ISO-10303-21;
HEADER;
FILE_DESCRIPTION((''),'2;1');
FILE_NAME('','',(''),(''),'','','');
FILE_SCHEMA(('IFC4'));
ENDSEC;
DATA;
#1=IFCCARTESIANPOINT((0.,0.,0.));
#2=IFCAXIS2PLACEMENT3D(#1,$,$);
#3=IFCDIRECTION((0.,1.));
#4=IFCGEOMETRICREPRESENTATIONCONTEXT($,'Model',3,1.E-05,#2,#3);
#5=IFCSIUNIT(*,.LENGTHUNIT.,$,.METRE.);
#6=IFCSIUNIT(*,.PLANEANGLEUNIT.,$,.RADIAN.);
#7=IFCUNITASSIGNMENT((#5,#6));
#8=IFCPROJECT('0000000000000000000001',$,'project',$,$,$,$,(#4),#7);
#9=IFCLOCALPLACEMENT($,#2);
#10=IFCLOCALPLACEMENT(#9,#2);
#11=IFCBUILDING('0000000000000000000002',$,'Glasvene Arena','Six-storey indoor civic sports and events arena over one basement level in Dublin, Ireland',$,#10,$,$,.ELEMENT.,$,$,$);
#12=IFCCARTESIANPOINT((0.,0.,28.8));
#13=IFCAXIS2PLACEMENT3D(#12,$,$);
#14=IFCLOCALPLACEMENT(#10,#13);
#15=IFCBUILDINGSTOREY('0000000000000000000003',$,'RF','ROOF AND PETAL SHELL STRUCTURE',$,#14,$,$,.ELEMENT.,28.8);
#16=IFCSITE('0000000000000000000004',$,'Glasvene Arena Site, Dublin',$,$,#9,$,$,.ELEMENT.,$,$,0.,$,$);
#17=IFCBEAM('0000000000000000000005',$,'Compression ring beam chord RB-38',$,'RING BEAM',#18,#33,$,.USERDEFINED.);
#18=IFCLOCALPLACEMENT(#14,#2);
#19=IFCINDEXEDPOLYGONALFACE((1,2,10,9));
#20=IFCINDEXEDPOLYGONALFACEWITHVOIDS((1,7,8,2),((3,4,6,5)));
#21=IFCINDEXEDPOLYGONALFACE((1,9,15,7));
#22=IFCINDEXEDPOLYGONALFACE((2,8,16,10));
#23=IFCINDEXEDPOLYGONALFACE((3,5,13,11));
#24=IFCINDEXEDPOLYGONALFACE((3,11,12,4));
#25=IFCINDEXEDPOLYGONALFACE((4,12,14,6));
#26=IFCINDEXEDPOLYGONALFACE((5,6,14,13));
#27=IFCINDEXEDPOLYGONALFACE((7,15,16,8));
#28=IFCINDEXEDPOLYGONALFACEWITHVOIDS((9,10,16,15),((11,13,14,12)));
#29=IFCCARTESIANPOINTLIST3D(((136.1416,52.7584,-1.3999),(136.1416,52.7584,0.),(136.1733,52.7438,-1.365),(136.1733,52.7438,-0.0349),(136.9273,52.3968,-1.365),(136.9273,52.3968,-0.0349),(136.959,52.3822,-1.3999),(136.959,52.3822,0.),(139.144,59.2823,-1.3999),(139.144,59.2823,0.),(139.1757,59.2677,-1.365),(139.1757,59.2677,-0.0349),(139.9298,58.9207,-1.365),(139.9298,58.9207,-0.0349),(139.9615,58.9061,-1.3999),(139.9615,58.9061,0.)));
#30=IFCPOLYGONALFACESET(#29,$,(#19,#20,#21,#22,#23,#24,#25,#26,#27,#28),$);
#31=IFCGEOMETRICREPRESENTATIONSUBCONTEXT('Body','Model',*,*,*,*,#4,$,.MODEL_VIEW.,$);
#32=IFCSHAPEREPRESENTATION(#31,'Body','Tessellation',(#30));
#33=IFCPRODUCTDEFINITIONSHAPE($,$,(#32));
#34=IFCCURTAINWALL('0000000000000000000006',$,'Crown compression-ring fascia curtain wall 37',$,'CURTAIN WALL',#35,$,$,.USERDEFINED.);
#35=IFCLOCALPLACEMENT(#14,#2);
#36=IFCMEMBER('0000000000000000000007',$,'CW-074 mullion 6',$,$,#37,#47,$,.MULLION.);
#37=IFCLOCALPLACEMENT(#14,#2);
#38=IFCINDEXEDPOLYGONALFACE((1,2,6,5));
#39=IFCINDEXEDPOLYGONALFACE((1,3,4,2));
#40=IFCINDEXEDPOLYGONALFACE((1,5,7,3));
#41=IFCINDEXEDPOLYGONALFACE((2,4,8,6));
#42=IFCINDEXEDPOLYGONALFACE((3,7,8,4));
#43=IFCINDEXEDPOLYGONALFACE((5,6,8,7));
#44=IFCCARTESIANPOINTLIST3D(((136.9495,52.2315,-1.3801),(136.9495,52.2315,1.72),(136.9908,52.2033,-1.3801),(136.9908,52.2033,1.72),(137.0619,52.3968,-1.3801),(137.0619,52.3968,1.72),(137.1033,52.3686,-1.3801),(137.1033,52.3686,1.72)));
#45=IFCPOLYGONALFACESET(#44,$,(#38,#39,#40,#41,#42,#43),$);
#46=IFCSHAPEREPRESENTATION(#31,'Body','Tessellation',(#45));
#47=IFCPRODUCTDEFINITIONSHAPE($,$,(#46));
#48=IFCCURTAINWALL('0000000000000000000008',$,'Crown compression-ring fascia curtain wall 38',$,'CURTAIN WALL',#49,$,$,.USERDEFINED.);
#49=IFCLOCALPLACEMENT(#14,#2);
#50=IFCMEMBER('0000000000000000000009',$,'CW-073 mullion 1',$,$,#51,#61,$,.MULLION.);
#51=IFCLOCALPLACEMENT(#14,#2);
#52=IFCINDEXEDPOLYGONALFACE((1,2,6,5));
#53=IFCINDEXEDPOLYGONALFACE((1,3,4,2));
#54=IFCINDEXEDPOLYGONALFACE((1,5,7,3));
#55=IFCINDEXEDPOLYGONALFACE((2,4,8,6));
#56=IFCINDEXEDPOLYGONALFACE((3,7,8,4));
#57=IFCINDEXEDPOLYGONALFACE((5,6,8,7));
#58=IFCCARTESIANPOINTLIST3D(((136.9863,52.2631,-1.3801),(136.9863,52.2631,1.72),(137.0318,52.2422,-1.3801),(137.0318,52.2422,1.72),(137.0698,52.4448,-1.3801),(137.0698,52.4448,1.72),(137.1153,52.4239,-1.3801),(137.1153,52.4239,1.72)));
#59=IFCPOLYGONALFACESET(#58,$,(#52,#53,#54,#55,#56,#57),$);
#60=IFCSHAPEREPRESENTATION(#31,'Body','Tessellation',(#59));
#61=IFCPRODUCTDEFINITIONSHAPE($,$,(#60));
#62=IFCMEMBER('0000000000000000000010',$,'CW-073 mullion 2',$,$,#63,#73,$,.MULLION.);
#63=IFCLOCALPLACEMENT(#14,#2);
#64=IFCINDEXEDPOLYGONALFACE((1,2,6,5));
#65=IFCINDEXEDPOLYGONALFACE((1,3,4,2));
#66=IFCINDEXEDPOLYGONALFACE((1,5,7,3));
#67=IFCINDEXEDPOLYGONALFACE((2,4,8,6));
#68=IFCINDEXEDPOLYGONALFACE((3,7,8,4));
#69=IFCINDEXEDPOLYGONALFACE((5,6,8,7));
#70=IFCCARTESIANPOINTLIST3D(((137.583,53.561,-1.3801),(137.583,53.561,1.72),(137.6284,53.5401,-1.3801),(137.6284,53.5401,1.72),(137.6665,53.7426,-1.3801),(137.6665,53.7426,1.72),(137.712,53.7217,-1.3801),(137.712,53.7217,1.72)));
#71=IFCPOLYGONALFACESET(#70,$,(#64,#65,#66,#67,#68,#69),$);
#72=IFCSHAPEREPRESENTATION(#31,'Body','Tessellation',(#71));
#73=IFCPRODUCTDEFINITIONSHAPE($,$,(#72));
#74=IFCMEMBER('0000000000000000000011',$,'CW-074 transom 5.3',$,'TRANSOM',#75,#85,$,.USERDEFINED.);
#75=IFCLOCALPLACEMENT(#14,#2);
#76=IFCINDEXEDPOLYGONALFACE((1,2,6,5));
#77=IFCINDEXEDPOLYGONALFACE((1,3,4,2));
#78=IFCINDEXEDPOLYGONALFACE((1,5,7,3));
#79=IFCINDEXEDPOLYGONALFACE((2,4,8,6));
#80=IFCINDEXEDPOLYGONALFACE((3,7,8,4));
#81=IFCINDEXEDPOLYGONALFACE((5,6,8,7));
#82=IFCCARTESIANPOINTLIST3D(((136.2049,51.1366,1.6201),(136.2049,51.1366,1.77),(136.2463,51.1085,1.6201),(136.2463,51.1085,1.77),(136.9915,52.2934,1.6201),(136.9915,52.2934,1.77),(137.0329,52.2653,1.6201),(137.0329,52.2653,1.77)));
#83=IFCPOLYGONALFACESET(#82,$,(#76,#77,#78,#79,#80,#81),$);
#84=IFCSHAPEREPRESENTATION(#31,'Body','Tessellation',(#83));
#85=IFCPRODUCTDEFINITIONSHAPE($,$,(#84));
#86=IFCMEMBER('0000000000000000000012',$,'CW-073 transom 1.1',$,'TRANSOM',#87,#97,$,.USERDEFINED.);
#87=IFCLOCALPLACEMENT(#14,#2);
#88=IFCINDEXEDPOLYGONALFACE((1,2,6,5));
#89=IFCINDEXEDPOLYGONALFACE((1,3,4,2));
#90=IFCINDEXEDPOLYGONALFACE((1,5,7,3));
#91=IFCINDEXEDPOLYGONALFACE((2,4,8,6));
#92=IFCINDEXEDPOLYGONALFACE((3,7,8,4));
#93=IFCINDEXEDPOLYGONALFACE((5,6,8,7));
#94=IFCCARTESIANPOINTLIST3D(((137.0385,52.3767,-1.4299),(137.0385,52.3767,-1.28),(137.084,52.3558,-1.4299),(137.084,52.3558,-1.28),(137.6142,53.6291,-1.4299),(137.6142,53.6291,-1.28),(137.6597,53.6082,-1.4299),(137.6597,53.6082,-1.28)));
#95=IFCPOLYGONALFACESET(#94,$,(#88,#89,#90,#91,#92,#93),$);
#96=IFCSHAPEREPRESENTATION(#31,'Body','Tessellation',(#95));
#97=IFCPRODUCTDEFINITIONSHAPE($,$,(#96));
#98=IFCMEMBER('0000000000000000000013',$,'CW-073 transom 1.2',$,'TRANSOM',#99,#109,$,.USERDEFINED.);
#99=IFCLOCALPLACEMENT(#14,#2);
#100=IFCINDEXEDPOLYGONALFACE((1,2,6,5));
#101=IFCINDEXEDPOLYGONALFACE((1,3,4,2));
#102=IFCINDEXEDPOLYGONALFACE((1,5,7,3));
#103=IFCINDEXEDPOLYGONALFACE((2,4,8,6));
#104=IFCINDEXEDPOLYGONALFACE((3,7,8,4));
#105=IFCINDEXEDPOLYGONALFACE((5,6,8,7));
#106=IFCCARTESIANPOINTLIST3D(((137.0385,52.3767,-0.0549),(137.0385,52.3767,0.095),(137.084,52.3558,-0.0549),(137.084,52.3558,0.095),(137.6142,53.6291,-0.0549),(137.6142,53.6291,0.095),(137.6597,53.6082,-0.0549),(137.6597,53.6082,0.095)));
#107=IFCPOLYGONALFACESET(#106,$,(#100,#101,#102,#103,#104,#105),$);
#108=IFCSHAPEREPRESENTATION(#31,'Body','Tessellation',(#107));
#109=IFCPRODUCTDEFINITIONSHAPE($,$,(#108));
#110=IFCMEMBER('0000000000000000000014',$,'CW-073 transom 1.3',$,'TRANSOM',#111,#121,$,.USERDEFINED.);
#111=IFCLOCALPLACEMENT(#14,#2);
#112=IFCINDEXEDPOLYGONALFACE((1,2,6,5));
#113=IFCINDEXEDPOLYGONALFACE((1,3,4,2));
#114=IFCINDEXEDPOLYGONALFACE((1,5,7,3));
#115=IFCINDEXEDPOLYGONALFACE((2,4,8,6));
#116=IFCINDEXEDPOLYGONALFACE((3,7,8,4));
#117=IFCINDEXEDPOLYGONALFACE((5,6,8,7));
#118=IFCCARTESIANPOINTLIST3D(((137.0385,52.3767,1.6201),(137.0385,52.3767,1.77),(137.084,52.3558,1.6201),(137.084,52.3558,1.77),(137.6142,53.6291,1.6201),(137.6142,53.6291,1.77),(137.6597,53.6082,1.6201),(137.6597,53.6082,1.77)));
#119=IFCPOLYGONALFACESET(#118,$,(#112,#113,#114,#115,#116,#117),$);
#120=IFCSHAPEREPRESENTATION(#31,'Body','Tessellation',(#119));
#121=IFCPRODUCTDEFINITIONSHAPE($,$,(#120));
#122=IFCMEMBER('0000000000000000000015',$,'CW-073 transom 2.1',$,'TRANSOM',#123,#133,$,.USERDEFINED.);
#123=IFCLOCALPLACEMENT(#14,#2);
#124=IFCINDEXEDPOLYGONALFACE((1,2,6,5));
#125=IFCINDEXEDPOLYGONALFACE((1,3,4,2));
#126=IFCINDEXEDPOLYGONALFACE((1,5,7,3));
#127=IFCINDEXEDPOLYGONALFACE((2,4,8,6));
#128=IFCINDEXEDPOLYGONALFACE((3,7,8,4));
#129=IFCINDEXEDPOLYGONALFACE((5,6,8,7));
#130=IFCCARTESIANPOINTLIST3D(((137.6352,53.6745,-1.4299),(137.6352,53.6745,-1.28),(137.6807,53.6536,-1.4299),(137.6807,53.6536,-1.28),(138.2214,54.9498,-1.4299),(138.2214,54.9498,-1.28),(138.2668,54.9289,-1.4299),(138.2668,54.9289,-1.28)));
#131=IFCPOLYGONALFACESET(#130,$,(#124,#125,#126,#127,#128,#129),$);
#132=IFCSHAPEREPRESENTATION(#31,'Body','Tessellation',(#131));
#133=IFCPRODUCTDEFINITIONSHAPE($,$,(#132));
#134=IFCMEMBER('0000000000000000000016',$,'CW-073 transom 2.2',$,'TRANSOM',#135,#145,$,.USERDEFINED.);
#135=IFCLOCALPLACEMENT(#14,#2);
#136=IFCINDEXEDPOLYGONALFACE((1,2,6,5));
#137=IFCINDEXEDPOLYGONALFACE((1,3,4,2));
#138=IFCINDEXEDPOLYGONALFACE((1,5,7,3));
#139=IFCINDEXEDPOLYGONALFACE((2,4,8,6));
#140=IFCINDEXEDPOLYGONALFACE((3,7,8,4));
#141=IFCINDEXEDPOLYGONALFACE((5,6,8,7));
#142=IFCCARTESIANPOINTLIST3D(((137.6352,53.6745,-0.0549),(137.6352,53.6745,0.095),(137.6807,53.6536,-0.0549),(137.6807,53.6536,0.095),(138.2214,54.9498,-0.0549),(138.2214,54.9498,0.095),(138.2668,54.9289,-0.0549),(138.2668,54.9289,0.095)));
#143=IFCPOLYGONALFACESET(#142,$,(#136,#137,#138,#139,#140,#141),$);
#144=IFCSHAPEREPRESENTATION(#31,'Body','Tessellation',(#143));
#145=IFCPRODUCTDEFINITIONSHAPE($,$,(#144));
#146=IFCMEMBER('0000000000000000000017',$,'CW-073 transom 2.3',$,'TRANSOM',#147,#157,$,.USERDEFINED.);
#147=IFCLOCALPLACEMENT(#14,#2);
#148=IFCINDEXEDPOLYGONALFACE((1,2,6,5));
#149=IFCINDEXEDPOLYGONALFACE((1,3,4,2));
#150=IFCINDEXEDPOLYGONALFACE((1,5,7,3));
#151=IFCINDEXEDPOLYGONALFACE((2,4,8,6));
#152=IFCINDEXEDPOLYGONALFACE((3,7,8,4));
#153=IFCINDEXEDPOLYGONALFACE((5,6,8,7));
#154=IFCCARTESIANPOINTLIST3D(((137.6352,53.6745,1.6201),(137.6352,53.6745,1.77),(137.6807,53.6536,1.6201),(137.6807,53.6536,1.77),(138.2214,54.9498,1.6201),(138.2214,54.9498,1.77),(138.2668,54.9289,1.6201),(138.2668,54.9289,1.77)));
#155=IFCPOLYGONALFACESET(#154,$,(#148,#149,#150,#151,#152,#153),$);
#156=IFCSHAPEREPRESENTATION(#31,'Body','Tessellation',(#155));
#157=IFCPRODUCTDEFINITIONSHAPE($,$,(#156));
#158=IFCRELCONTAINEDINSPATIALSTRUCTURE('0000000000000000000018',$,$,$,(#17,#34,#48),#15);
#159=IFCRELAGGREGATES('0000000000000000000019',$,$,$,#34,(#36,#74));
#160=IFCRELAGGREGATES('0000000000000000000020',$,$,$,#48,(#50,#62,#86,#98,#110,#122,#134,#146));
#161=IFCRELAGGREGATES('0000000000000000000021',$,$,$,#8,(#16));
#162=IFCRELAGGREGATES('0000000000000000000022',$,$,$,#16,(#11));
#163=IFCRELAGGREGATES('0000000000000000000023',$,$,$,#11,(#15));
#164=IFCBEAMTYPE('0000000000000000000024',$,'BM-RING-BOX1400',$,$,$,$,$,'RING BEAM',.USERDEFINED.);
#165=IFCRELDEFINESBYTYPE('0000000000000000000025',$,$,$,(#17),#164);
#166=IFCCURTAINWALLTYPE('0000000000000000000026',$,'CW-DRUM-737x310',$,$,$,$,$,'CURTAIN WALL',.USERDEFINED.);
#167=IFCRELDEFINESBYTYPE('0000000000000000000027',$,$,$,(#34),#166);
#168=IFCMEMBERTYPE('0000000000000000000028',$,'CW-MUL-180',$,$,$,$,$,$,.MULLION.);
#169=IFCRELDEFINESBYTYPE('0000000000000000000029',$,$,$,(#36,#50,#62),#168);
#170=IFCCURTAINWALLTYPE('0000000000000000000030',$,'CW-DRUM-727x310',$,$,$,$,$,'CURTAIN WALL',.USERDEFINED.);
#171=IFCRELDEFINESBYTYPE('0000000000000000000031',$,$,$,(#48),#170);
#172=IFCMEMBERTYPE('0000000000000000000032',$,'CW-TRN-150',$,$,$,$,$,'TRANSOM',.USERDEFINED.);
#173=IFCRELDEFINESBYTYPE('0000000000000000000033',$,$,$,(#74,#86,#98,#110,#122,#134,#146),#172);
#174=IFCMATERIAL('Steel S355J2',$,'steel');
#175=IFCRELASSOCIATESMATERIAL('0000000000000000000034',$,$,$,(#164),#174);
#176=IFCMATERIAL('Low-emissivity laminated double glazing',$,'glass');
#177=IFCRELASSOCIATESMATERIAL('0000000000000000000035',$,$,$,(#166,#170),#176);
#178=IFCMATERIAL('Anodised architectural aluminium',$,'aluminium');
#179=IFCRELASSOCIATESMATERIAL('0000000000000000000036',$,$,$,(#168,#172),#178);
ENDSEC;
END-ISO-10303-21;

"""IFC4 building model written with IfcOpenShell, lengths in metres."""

from ifc_helpers import new_model, si_unit, direction, frame, origin, origin_2d, place, context, subcontext, project, spatial, rectangle, hollow_rectangle, extrude, material, material_profile, profile_set, type_object, element, aggregate, save


model = new_model("IFC4")

# Units and contexts
model_context = context("Model", 3, precision=1e-05, world=origin(), true_north=direction((0.0, 1.0)))
body_context = subcontext(model_context, "Body", "Model", "MODEL_VIEW")
ifc_project = project(units=[si_unit("LENGTHUNIT", "METRE"), si_unit("PLANEANGLEUNIT", "RADIAN")], contexts=[model_context])

# Site, building, storey
site_placement = place(None, origin())
site = spatial("IfcSite", under=ifc_project, at=site_placement, Name="Glasvene Arena Site, Dublin", CompositionType="ELEMENT", RefElevation=0.0)
building_placement = place(site_placement, origin())
building = spatial("IfcBuilding", under=site, at=building_placement, Name="Glasvene Arena", Description="Six-storey indoor civic sports and events arena over one basement level in Dublin, Ireland", CompositionType="ELEMENT")
storey_placement = place(building_placement, frame((0.0, 0.0, 28.8)))
storey = spatial("IfcBuildingStorey", under=building, at=storey_placement, Name="RF", Description="ROOF AND PETAL SHELL STRUCTURE", CompositionType="ELEMENT", Elevation=28.8)

# Beam
ifc_material_1 = material(Name="Steel S355J2", Category="steel")
ifc_material_profile_1 = material_profile(ifc_material_1, hollow_rectangle(XDim=0.8999, YDim=1.3999, WallThickness=0.0349, at=origin_2d()), Name="WBOX 900x1400x35")
ifc_profile_set_1 = profile_set([ifc_material_profile_1], Name="Steel S355J2")
beam_type = type_object("IfcBeamType", Name="BM-RING-BOX1400", ElementType="RING BEAM", PredefinedType="USERDEFINED", material=ifc_profile_set_1)
beam_placement = place(storey_placement, frame((136.5503, 52.5703, -0.7), z_axis=(0.418071, 0.908415, 0.0), x_axis=(-0.908415, 0.418071, 0.0)))
element("IfcBeam", 1, at=beam_placement, inside=storey, type_object=beam_type, Name="Compression ring beam chord RB-38", ObjectType="RING BEAM", PredefinedType="USERDEFINED", context=body_context, shape_type="SweptSolid", body=[
    extrude(hollow_rectangle(XDim=0.8999, YDim=1.3999, WallThickness=0.0349, at=origin_2d()), origin(), (0.0, 0.0, 1.0), 7.1816),
])

# Curtain wall, member
ifc_material_2 = material(Name="Low-emissivity laminated double glazing", Category="glass")
curtain_wall_type_1 = type_object("IfcCurtainWallType", Name="CW-DRUM-737x310", ElementType="CURTAIN WALL", PredefinedType="USERDEFINED", material=ifc_material_2)
curtain_wall_1_placement = place(storey_placement, frame((132.8958, 46.2263, 0.0)))
curtain_wall_1 = element("IfcCurtainWall", 2, at=curtain_wall_1_placement, inside=storey, type_object=curtain_wall_type_1, Name="Crown compression-ring fascia curtain wall 37", ObjectType="CURTAIN WALL", PredefinedType="USERDEFINED")
ifc_material_3 = material(Name="Anodised architectural aluminium", Category="aluminium")
ifc_material_profile_2 = material_profile(ifc_material_3, rectangle(XDim=0.05, YDim=0.2, at=origin_2d()), Name="ALU MULLION 50x200")
ifc_profile_set_2 = profile_set([ifc_material_profile_2], Name="Anodised architectural aluminium")
member_type_1 = type_object("IfcMemberType", Name="CW-MUL-180", PredefinedType="MULLION", material=ifc_profile_set_2)
member_1_placement = place(storey_placement, frame((137.0264, 52.3, -1.3801), z_axis=(0.0, 0.0, 1.0), x_axis=(-0.826896, 0.562354, 0.0)))
member_1 = element("IfcMember", 3, at=member_1_placement, type_object=member_type_1, Name="CW-074 mullion 6", PredefinedType="MULLION", context=body_context, shape_type="SweptSolid", body=[
    extrude(rectangle(XDim=0.05, YDim=0.2, at=origin_2d()), origin(), (0.0, 0.0, 1.0), 3.1001),
])

# Curtain wall, members
curtain_wall_type_2 = type_object("IfcCurtainWallType", Name="CW-DRUM-727x310", ElementType="CURTAIN WALL", PredefinedType="USERDEFINED", material=ifc_material_2)
curtain_wall_2_placement = place(storey_placement, frame((137.0403, 52.3208, 0.0)))
curtain_wall_2 = element("IfcCurtainWall", 4, at=curtain_wall_2_placement, inside=storey, type_object=curtain_wall_type_2, Name="Crown compression-ring fascia curtain wall 38", ObjectType="CURTAIN WALL", PredefinedType="USERDEFINED")
member_2_placement = place(storey_placement, frame((137.0508, 52.3435, -1.3801), z_axis=(0.0, 0.0, 1.0), x_axis=(-0.908603, 0.417661, 0.0)))
member_2 = element("IfcMember", 5, at=member_2_placement, type_object=member_type_1, Name="CW-073 mullion 1", PredefinedType="MULLION", context=body_context, shape_type="SweptSolid", body=[
    extrude(rectangle(XDim=0.05, YDim=0.2, at=origin_2d()), origin(), (0.0, 0.0, 1.0), 3.1001),
])
member_3_placement = place(storey_placement, frame((137.6475, 53.6414, -1.3801), z_axis=(0.0, 0.0, 1.0), x_axis=(-0.908603, 0.417661, 0.0)))
member_3 = element("IfcMember", 6, at=member_3_placement, type_object=member_type_1, Name="CW-073 mullion 2", PredefinedType="MULLION", context=body_context, shape_type="SweptSolid", body=[
    extrude(rectangle(XDim=0.05, YDim=0.2, at=origin_2d()), origin(), (0.0, 0.0, 1.0), 3.1001),
])

# Members
ifc_material_profile_3 = material_profile(ifc_material_3, rectangle(XDim=0.05, YDim=0.1499, at=origin_2d()), Name="ALU TRANSOM 50x150")
ifc_profile_set_3 = profile_set([ifc_material_profile_3], Name="Anodised architectural aluminium")
member_type_2 = type_object("IfcMemberType", Name="CW-TRN-150", ElementType="TRANSOM", PredefinedType="USERDEFINED", material=ifc_profile_set_3)
member_4_placement = place(storey_placement, frame((136.2256, 51.1226, 1.6951), z_axis=(0.562329, 0.826914, 0.0), x_axis=(-0.826914, 0.562329, 0.0)))
member_4 = element("IfcMember", 7, at=member_4_placement, type_object=member_type_2, Name="CW-074 transom 5.3", ObjectType="TRANSOM", PredefinedType="USERDEFINED", context=body_context, shape_type="SweptSolid", body=[
    extrude(rectangle(XDim=0.05, YDim=0.1499, at=origin_2d()), origin(), (0.0, 0.0, 1.0), 1.3989),
])
member_5_placement = place(storey_placement, frame((137.0613, 52.3662, -1.355), z_axis=(0.417642, 0.908611, 0.0), x_axis=(-0.908611, 0.417642, 0.0)))
member_5 = element("IfcMember", 8, at=member_5_placement, type_object=member_type_2, Name="CW-073 transom 1.1", ObjectType="TRANSOM", PredefinedType="USERDEFINED", context=body_context, shape_type="SweptSolid", body=[
    extrude(rectangle(XDim=0.05, YDim=0.1499, at=origin_2d()), origin(), (0.0, 0.0, 1.0), 1.3784),
])
member_6_placement = place(storey_placement, frame((137.0613, 52.3662, 0.02), z_axis=(0.417642, 0.908611, 0.0), x_axis=(-0.908611, 0.417642, 0.0)))
member_6 = element("IfcMember", 9, at=member_6_placement, type_object=member_type_2, Name="CW-073 transom 1.2", ObjectType="TRANSOM", PredefinedType="USERDEFINED", context=body_context, shape_type="SweptSolid", body=[
    extrude(rectangle(XDim=0.05, YDim=0.1499, at=origin_2d()), origin(), (0.0, 0.0, 1.0), 1.3784),
])
member_7_placement = place(storey_placement, frame((137.0613, 52.3662, 1.6951), z_axis=(0.417642, 0.908611, 0.0), x_axis=(-0.908611, 0.417642, 0.0)))
member_7 = element("IfcMember", 10, at=member_7_placement, type_object=member_type_2, Name="CW-073 transom 1.3", ObjectType="TRANSOM", PredefinedType="USERDEFINED", context=body_context, shape_type="SweptSolid", body=[
    extrude(rectangle(XDim=0.05, YDim=0.1499, at=origin_2d()), origin(), (0.0, 0.0, 1.0), 1.3784),
])
member_8_placement = place(storey_placement, frame((137.658, 53.6641, -1.355), z_axis=(0.417613, 0.908625, 0.0), x_axis=(-0.908625, 0.417613, 0.0)))
member_8 = element("IfcMember", 11, at=member_8_placement, type_object=member_type_2, Name="CW-073 transom 2.1", ObjectType="TRANSOM", PredefinedType="USERDEFINED", context=body_context, shape_type="SweptSolid", body=[
    extrude(rectangle(XDim=0.05, YDim=0.1499, at=origin_2d()), origin(), (0.0, 0.0, 1.0), 1.4036),
])
member_9_placement = place(storey_placement, frame((137.658, 53.6641, 0.02), z_axis=(0.417613, 0.908625, 0.0), x_axis=(-0.908625, 0.417613, 0.0)))
member_9 = element("IfcMember", 12, at=member_9_placement, type_object=member_type_2, Name="CW-073 transom 2.2", ObjectType="TRANSOM", PredefinedType="USERDEFINED", context=body_context, shape_type="SweptSolid", body=[
    extrude(rectangle(XDim=0.05, YDim=0.1499, at=origin_2d()), origin(), (0.0, 0.0, 1.0), 1.4036),
])
member_10_placement = place(storey_placement, frame((137.658, 53.6641, 1.6951), z_axis=(0.417613, 0.908625, 0.0), x_axis=(-0.908625, 0.417613, 0.0)))
member_10 = element("IfcMember", 13, at=member_10_placement, type_object=member_type_2, Name="CW-073 transom 2.3", ObjectType="TRANSOM", PredefinedType="USERDEFINED", context=body_context, shape_type="SweptSolid", body=[
    extrude(rectangle(XDim=0.05, YDim=0.1499, at=origin_2d()), origin(), (0.0, 0.0, 1.0), 1.4036),
])

aggregate(curtain_wall_1, [member_1, member_4])
aggregate(curtain_wall_2, [member_2, member_3, member_5, member_6, member_7, member_8, member_9, member_10])

save(model, "model.ifc")
